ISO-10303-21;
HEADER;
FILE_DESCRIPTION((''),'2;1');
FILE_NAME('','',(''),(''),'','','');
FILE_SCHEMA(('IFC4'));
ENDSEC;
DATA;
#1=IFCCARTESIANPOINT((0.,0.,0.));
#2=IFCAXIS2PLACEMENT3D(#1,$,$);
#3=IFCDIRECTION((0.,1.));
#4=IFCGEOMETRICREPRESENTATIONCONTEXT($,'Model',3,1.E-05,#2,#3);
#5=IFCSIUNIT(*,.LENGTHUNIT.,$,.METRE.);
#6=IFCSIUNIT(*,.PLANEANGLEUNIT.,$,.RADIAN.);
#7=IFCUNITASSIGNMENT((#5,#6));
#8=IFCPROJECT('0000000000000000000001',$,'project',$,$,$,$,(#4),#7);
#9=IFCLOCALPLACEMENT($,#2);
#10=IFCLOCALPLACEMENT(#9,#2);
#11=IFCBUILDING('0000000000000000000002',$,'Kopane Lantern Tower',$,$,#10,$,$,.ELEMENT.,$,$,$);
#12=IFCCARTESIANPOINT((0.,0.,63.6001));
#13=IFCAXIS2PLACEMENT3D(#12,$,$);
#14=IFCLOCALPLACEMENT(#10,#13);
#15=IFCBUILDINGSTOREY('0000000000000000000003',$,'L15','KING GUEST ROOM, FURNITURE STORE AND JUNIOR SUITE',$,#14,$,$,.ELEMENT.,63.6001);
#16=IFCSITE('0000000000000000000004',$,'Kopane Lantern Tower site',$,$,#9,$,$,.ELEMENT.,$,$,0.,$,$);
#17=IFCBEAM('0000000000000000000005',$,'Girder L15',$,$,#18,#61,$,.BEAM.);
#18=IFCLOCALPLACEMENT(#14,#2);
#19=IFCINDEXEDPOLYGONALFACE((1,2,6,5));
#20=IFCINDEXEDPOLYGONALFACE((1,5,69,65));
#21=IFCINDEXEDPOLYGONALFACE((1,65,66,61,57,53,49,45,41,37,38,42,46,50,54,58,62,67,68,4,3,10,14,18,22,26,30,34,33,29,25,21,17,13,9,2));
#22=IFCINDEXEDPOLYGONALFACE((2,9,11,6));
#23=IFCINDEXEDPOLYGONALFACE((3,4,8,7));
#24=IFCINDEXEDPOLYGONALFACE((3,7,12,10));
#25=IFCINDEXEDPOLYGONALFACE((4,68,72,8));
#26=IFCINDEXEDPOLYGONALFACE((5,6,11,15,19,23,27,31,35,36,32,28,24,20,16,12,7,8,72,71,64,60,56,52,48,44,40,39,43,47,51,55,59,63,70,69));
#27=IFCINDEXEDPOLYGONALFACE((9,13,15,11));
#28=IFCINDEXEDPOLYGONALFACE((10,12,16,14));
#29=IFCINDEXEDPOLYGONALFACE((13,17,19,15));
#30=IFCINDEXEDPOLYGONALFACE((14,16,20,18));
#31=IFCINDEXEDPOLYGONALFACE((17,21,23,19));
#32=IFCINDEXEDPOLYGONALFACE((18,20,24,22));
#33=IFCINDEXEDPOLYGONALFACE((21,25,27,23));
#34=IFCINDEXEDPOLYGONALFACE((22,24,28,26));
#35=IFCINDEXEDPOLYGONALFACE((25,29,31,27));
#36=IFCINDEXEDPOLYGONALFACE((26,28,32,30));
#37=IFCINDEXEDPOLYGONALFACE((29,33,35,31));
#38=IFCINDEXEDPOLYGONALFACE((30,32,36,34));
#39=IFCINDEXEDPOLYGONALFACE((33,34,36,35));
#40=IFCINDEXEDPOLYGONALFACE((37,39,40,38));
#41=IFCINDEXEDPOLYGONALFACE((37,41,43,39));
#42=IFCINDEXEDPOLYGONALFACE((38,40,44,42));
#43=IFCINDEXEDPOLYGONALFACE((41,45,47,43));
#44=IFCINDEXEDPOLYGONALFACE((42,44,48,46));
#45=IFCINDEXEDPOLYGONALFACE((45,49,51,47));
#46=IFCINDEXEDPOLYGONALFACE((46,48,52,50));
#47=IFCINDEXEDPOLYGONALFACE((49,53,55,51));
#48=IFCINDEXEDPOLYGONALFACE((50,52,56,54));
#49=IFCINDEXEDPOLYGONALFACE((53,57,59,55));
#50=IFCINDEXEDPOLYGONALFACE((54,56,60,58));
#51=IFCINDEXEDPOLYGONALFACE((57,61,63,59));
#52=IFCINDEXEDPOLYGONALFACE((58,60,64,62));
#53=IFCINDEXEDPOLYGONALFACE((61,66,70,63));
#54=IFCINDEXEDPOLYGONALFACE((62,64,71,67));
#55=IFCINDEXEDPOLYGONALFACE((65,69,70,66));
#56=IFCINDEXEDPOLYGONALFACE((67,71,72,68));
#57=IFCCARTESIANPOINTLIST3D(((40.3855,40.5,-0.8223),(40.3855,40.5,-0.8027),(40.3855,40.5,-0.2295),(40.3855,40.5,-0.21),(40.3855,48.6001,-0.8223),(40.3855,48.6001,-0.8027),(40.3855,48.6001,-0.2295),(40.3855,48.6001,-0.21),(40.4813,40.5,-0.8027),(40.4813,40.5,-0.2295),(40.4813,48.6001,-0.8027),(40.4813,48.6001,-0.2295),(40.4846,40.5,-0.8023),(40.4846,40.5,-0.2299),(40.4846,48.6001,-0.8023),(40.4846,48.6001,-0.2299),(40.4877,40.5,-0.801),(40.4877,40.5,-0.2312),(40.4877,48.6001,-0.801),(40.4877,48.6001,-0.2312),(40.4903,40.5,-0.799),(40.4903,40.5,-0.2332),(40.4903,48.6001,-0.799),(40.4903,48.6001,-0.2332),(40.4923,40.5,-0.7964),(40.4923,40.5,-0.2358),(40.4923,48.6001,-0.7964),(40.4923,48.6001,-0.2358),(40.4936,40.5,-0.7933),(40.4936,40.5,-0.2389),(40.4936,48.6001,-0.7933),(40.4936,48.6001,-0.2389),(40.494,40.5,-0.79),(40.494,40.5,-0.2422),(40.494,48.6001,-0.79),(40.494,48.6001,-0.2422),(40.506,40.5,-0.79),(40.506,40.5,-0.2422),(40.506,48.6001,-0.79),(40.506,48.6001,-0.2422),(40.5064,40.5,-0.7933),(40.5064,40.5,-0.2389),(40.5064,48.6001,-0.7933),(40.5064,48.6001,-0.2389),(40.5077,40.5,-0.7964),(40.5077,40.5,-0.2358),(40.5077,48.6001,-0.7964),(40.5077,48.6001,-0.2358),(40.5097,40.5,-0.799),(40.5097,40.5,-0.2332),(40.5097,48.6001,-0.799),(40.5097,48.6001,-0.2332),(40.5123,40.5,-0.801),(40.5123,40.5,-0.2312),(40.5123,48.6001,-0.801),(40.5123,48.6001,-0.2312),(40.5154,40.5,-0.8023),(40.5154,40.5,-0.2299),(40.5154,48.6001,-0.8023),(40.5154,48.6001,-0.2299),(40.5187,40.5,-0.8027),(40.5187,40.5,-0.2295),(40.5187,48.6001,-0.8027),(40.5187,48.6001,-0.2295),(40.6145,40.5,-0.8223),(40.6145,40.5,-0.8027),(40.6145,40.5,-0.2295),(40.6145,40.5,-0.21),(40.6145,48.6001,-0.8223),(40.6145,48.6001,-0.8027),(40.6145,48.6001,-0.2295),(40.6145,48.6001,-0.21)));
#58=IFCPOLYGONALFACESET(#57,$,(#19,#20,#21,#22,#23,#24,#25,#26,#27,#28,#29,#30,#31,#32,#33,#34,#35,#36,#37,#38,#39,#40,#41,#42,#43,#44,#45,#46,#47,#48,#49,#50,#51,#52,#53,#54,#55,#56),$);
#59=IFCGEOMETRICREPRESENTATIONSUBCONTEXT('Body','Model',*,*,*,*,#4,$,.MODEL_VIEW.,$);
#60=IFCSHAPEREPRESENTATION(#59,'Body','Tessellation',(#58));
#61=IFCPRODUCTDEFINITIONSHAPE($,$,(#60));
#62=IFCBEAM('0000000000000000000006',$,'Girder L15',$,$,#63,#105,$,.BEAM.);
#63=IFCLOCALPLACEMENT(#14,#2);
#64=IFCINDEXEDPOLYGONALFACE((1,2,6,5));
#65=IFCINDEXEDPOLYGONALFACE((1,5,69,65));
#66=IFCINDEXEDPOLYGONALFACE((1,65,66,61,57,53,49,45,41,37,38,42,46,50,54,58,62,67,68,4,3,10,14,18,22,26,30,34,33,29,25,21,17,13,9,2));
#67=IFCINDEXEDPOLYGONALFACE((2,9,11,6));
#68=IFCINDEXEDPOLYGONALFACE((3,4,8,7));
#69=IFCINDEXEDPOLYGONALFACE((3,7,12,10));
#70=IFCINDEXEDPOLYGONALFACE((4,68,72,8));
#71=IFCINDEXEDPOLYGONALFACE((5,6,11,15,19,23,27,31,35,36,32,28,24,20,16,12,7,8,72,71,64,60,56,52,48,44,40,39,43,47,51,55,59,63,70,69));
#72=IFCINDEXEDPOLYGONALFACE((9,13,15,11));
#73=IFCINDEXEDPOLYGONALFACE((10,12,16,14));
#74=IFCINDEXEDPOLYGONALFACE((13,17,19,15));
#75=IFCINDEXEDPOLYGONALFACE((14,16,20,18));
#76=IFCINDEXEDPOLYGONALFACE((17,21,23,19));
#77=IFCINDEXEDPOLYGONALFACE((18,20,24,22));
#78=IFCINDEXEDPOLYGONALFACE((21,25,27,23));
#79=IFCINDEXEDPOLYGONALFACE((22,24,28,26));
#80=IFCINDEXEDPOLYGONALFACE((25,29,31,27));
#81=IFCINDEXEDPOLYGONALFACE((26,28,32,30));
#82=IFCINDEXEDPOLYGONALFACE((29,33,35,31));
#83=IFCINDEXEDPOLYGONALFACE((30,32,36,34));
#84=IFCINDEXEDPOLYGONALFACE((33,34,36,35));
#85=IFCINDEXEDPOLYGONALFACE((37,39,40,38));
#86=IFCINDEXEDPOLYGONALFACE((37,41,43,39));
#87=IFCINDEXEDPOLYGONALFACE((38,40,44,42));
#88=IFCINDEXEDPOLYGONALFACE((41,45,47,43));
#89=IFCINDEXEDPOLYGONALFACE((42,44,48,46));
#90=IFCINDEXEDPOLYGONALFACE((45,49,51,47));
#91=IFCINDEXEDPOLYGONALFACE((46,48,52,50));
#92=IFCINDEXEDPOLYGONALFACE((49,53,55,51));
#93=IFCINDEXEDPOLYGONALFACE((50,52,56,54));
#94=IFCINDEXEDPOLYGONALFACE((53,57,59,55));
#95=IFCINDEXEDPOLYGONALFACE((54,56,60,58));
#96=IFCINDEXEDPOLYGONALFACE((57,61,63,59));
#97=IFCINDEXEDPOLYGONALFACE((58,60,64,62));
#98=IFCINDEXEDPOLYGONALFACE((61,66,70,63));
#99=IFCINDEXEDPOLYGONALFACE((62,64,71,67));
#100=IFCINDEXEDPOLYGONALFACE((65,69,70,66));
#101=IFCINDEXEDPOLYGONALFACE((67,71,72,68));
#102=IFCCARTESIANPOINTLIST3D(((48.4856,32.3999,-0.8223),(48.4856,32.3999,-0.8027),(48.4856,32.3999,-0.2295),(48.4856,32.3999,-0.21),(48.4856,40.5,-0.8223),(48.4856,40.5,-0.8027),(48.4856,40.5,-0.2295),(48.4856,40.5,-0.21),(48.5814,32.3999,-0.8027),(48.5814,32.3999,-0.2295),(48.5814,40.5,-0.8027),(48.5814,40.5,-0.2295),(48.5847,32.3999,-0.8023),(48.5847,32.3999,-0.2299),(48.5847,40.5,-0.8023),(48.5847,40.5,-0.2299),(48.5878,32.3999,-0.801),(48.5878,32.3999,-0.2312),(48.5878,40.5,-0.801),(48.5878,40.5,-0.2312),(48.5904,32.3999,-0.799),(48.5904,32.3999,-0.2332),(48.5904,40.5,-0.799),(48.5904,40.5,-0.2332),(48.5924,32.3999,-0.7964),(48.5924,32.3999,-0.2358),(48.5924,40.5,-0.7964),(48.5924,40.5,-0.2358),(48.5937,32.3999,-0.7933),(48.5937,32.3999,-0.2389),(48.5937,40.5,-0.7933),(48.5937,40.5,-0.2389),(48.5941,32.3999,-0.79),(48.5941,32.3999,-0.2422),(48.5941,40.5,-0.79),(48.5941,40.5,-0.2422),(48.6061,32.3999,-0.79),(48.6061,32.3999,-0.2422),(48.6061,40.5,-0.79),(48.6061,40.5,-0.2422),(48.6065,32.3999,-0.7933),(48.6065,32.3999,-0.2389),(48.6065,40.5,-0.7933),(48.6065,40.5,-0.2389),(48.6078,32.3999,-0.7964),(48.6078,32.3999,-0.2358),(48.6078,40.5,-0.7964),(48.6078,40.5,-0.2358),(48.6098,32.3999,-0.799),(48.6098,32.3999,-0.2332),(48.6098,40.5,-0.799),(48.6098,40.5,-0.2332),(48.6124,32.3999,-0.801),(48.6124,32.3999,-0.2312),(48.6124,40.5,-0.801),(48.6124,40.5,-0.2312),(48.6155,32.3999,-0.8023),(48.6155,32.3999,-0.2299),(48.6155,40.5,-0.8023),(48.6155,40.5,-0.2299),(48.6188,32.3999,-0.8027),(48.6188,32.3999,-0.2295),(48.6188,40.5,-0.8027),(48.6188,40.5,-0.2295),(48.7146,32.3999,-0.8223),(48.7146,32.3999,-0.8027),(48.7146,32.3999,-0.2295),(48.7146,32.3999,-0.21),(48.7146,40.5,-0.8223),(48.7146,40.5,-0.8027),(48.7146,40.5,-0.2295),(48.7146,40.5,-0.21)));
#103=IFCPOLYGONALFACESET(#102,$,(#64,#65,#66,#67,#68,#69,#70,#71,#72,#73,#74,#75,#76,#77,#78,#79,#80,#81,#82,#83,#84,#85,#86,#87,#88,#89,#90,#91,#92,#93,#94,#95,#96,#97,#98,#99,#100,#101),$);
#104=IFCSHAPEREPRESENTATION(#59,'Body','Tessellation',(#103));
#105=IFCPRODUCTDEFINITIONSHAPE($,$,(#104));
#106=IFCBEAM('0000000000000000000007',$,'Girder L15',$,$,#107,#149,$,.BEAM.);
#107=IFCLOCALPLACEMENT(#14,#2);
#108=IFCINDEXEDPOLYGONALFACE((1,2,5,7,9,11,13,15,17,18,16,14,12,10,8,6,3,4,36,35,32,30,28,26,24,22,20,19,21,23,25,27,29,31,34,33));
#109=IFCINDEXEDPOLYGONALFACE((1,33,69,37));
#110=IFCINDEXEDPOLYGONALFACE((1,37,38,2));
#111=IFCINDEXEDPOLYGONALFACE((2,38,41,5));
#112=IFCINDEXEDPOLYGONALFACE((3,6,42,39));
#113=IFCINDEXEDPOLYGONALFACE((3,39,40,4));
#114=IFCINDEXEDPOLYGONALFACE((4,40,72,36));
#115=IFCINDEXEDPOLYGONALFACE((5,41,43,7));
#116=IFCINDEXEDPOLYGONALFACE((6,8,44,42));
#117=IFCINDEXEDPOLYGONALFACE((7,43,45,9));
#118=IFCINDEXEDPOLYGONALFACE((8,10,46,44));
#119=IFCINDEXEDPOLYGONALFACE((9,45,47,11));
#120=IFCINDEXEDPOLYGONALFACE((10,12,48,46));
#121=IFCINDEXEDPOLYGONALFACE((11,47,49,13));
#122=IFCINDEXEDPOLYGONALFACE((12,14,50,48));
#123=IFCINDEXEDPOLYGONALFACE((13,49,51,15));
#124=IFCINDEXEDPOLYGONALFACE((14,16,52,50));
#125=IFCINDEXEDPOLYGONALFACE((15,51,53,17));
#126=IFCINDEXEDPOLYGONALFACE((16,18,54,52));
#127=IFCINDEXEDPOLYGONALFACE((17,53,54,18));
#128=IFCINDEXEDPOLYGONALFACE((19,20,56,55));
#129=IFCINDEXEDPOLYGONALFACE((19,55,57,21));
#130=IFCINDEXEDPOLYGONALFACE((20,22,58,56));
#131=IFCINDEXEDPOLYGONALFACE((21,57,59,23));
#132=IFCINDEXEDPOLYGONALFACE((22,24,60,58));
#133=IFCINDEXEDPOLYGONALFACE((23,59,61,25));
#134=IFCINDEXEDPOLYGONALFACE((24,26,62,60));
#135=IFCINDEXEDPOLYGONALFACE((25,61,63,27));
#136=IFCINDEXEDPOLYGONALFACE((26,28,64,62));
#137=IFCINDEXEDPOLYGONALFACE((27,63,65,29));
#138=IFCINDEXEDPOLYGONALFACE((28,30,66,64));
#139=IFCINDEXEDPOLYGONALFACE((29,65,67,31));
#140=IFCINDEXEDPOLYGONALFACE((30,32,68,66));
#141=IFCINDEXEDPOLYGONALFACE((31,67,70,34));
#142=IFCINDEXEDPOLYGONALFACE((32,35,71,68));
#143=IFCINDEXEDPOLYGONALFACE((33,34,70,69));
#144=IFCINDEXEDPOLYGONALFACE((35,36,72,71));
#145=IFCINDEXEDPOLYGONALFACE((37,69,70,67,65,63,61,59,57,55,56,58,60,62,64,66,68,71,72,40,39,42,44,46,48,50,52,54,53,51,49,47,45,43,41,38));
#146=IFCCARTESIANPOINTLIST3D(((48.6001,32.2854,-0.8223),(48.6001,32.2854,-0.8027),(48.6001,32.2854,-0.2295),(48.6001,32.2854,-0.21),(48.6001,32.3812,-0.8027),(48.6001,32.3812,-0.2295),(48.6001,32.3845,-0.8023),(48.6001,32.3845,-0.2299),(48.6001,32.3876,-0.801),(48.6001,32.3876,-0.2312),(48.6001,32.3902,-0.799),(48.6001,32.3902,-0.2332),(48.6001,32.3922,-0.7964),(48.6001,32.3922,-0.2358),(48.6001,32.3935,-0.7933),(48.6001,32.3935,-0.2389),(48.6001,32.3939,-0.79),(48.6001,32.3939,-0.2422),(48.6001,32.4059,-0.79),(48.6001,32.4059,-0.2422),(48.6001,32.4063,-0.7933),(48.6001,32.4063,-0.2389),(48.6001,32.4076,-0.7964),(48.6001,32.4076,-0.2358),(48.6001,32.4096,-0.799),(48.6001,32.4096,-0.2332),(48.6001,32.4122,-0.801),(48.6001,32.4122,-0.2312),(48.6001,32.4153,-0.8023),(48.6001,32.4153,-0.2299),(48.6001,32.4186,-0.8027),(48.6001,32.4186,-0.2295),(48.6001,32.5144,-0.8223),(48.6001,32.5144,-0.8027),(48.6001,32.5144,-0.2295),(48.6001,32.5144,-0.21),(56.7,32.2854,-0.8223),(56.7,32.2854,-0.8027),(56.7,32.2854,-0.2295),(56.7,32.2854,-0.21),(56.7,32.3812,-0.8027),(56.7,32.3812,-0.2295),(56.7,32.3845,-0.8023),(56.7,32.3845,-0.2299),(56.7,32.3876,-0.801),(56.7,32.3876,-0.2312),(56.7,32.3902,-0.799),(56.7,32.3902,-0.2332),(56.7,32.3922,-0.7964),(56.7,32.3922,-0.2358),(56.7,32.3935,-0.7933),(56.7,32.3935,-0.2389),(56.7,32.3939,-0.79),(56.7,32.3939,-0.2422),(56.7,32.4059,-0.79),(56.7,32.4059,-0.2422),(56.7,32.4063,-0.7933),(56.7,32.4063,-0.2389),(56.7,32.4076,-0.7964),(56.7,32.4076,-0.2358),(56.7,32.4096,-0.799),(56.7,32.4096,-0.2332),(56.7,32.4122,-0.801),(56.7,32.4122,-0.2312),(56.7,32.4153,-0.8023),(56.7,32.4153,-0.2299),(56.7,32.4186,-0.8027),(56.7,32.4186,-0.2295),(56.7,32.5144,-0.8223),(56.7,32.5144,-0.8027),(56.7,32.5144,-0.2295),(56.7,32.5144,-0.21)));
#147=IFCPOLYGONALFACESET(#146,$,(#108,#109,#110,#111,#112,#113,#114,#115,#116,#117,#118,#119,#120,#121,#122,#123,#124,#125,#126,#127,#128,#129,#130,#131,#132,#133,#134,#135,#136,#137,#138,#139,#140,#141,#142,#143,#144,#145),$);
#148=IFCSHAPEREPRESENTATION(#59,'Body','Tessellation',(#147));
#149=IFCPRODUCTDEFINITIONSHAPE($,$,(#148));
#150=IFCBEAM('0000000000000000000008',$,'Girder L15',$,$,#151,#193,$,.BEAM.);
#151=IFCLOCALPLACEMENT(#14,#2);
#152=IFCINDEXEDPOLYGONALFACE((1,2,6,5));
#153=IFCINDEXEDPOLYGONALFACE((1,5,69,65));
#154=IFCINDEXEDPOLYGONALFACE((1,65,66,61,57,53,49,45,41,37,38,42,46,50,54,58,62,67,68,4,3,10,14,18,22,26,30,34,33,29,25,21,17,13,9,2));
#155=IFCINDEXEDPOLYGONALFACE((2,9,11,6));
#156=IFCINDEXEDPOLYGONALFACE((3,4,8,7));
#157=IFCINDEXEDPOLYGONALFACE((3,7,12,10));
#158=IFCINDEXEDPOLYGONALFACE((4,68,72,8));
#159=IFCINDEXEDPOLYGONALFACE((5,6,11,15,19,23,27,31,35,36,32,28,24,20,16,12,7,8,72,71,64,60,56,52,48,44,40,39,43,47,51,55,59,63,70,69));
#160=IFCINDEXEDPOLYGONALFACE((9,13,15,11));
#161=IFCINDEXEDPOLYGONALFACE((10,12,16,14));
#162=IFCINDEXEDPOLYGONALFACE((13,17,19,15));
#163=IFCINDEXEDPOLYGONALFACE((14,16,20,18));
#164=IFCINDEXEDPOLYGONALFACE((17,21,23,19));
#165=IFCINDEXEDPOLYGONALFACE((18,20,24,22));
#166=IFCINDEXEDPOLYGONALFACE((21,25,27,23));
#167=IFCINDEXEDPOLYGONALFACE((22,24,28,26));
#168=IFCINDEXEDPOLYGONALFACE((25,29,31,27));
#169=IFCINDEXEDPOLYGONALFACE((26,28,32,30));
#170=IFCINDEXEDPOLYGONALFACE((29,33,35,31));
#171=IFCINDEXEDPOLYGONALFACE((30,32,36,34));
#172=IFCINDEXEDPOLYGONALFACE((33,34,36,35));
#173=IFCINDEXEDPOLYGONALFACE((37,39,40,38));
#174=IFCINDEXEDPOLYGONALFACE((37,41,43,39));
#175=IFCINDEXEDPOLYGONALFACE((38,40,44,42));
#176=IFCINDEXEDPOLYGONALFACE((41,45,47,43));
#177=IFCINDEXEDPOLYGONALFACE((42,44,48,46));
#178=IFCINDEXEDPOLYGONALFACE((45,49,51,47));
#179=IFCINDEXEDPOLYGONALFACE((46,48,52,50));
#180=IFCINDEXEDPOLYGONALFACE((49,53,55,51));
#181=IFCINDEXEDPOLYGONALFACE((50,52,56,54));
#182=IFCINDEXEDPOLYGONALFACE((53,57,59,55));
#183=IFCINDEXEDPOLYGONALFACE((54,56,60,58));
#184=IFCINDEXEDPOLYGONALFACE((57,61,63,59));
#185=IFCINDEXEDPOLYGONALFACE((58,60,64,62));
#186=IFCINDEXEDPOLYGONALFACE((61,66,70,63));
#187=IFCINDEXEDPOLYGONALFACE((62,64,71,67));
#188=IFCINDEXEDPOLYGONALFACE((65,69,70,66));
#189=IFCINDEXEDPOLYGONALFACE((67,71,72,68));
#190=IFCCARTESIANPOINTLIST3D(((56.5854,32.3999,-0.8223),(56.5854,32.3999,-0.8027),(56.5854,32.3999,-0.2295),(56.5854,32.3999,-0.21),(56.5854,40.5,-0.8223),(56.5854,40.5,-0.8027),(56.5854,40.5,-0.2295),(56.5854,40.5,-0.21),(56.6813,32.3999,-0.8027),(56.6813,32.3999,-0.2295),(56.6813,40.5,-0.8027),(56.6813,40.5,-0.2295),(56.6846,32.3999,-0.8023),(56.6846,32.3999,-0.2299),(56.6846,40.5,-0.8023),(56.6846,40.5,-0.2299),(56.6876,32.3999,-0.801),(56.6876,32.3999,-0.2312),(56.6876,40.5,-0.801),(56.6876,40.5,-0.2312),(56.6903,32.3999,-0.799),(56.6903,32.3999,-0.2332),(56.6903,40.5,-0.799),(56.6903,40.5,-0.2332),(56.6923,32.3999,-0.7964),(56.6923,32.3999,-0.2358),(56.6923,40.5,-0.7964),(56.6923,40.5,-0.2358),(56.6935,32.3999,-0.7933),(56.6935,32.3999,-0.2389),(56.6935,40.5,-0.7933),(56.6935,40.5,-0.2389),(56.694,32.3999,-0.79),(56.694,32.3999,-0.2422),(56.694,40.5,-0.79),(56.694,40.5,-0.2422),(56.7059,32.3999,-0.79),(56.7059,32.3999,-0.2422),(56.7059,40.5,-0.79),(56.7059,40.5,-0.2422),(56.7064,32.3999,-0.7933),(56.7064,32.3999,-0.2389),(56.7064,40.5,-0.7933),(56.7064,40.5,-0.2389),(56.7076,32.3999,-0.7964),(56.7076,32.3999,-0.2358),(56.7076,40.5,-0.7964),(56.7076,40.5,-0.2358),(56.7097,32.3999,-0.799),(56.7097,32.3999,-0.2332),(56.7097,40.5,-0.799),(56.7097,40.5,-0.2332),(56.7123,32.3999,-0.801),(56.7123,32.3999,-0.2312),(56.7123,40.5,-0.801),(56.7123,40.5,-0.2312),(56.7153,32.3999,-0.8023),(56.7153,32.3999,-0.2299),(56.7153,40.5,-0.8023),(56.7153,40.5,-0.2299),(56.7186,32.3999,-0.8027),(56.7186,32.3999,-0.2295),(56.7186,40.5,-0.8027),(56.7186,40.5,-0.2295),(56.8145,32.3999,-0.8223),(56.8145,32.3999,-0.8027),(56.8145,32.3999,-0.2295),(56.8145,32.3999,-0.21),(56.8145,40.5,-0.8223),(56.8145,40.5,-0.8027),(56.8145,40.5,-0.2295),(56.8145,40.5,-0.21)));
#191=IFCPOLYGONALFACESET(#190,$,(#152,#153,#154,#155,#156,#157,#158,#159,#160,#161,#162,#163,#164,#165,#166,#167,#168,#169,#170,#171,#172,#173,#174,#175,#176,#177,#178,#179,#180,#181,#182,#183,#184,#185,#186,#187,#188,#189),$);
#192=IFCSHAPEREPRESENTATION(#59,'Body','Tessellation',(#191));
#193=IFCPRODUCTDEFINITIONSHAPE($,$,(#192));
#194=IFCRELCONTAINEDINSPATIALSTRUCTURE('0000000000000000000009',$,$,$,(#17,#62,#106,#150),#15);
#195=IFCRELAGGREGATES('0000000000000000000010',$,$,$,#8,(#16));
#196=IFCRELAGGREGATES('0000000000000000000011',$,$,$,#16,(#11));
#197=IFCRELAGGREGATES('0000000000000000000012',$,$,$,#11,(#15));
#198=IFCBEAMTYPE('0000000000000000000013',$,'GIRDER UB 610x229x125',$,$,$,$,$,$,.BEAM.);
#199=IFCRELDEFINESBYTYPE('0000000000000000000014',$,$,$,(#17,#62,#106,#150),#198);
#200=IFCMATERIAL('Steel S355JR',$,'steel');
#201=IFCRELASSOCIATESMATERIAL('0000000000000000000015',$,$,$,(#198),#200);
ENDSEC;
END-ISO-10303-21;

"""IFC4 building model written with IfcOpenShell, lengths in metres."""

from ifc_helpers import new_model, si_unit, direction, frame, origin, origin_2d, place, context, subcontext, project, spatial, i_section, extrude, material, material_profile, profile_set, type_object, element, save


model = new_model("IFC4")

# Units and contexts
model_context = context("Model", 3, precision=1e-05, world=origin(), true_north=direction((0.0, 1.0)))
body_context = subcontext(model_context, "Body", "Model", "MODEL_VIEW")
ifc_project = project(units=[si_unit("LENGTHUNIT", "METRE"), si_unit("PLANEANGLEUNIT", "RADIAN")], contexts=[model_context])

# Site, building, storey
site_placement = place(None, origin())
site = spatial("IfcSite", under=ifc_project, at=site_placement, Name="Kopane Lantern Tower site", CompositionType="ELEMENT", RefElevation=0.0)
building_placement = place(site_placement, origin())
building = spatial("IfcBuilding", under=site, at=building_placement, Name="Kopane Lantern Tower", CompositionType="ELEMENT")
storey_placement = place(building_placement, frame((0.0, 0.0, 63.6001)))
storey = spatial("IfcBuildingStorey", under=building, at=storey_placement, Name="L15", Description="KING GUEST ROOM, FURNITURE STORE AND JUNIOR SUITE", CompositionType="ELEMENT", Elevation=63.6001)

# Beams
ifc_material_1 = material(Name="Steel S355JR", Category="steel")
ifc_material_profile_1 = material_profile(ifc_material_1, i_section(OverallWidth=0.229, OverallDepth=0.6123, WebThickness=0.012, FlangeThickness=0.0195, FilletRadius=0.0127, at=origin_2d()), Name="UB 610x229x125")
ifc_profile_set_1 = profile_set([ifc_material_profile_1], Name="Steel S355JR")
beam_type = type_object("IfcBeamType", Name="GIRDER UB 610x229x125", PredefinedType="BEAM", material=ifc_profile_set_1)
for number, where, z_axis, x_axis, name in (
    (1, (40.5, 40.5, -0.5161), (0.0, 1.0, 0.0), (-1.0, 0.0, 0.0), "Girder L15"),
    (2, (48.6001, 32.3999, -0.5161), (0.0, 1.0, 0.0), (-1.0, 0.0, 0.0), "Girder L15"),
):
    element("IfcBeam", number, at=place(storey_placement, frame(where, z_axis=z_axis, x_axis=x_axis)), inside=storey, type_object=beam_type, Name=name, PredefinedType="BEAM", context=body_context, shape_type="SweptSolid", body=[
        extrude(i_section(OverallWidth=0.229, OverallDepth=0.6123, WebThickness=0.012, FlangeThickness=0.0195, FilletRadius=0.0127, at=origin_2d()), origin(), (0.0, 0.0, 1.0), 8.1001),
    ])
beam_1_placement = place(storey_placement, frame((48.6001, 32.3999, -0.5161), z_axis=(1.0, 0.0, 0.0), x_axis=(0.0, 1.0, 0.0)))
element("IfcBeam", 3, at=beam_1_placement, inside=storey, type_object=beam_type, Name="Girder L15", PredefinedType="BEAM", context=body_context, shape_type="SweptSolid", body=[
    extrude(i_section(OverallWidth=0.229, OverallDepth=0.6123, WebThickness=0.012, FlangeThickness=0.0195, FilletRadius=0.0127, at=origin_2d()), origin(), (0.0, 0.0, 1.0), 8.0999),
])
beam_2_placement = place(storey_placement, frame((56.7, 32.3999, -0.5161), z_axis=(0.0, 1.0, 0.0), x_axis=(-1.0, 0.0, 0.0)))
element("IfcBeam", 4, at=beam_2_placement, inside=storey, type_object=beam_type, Name="Girder L15", PredefinedType="BEAM", context=body_context, shape_type="SweptSolid", body=[
    extrude(i_section(OverallWidth=0.229, OverallDepth=0.6123, WebThickness=0.012, FlangeThickness=0.0195, FilletRadius=0.0127, at=origin_2d()), origin(), (0.0, 0.0, 1.0), 8.1001),
])

save(model, "model.ifc")
